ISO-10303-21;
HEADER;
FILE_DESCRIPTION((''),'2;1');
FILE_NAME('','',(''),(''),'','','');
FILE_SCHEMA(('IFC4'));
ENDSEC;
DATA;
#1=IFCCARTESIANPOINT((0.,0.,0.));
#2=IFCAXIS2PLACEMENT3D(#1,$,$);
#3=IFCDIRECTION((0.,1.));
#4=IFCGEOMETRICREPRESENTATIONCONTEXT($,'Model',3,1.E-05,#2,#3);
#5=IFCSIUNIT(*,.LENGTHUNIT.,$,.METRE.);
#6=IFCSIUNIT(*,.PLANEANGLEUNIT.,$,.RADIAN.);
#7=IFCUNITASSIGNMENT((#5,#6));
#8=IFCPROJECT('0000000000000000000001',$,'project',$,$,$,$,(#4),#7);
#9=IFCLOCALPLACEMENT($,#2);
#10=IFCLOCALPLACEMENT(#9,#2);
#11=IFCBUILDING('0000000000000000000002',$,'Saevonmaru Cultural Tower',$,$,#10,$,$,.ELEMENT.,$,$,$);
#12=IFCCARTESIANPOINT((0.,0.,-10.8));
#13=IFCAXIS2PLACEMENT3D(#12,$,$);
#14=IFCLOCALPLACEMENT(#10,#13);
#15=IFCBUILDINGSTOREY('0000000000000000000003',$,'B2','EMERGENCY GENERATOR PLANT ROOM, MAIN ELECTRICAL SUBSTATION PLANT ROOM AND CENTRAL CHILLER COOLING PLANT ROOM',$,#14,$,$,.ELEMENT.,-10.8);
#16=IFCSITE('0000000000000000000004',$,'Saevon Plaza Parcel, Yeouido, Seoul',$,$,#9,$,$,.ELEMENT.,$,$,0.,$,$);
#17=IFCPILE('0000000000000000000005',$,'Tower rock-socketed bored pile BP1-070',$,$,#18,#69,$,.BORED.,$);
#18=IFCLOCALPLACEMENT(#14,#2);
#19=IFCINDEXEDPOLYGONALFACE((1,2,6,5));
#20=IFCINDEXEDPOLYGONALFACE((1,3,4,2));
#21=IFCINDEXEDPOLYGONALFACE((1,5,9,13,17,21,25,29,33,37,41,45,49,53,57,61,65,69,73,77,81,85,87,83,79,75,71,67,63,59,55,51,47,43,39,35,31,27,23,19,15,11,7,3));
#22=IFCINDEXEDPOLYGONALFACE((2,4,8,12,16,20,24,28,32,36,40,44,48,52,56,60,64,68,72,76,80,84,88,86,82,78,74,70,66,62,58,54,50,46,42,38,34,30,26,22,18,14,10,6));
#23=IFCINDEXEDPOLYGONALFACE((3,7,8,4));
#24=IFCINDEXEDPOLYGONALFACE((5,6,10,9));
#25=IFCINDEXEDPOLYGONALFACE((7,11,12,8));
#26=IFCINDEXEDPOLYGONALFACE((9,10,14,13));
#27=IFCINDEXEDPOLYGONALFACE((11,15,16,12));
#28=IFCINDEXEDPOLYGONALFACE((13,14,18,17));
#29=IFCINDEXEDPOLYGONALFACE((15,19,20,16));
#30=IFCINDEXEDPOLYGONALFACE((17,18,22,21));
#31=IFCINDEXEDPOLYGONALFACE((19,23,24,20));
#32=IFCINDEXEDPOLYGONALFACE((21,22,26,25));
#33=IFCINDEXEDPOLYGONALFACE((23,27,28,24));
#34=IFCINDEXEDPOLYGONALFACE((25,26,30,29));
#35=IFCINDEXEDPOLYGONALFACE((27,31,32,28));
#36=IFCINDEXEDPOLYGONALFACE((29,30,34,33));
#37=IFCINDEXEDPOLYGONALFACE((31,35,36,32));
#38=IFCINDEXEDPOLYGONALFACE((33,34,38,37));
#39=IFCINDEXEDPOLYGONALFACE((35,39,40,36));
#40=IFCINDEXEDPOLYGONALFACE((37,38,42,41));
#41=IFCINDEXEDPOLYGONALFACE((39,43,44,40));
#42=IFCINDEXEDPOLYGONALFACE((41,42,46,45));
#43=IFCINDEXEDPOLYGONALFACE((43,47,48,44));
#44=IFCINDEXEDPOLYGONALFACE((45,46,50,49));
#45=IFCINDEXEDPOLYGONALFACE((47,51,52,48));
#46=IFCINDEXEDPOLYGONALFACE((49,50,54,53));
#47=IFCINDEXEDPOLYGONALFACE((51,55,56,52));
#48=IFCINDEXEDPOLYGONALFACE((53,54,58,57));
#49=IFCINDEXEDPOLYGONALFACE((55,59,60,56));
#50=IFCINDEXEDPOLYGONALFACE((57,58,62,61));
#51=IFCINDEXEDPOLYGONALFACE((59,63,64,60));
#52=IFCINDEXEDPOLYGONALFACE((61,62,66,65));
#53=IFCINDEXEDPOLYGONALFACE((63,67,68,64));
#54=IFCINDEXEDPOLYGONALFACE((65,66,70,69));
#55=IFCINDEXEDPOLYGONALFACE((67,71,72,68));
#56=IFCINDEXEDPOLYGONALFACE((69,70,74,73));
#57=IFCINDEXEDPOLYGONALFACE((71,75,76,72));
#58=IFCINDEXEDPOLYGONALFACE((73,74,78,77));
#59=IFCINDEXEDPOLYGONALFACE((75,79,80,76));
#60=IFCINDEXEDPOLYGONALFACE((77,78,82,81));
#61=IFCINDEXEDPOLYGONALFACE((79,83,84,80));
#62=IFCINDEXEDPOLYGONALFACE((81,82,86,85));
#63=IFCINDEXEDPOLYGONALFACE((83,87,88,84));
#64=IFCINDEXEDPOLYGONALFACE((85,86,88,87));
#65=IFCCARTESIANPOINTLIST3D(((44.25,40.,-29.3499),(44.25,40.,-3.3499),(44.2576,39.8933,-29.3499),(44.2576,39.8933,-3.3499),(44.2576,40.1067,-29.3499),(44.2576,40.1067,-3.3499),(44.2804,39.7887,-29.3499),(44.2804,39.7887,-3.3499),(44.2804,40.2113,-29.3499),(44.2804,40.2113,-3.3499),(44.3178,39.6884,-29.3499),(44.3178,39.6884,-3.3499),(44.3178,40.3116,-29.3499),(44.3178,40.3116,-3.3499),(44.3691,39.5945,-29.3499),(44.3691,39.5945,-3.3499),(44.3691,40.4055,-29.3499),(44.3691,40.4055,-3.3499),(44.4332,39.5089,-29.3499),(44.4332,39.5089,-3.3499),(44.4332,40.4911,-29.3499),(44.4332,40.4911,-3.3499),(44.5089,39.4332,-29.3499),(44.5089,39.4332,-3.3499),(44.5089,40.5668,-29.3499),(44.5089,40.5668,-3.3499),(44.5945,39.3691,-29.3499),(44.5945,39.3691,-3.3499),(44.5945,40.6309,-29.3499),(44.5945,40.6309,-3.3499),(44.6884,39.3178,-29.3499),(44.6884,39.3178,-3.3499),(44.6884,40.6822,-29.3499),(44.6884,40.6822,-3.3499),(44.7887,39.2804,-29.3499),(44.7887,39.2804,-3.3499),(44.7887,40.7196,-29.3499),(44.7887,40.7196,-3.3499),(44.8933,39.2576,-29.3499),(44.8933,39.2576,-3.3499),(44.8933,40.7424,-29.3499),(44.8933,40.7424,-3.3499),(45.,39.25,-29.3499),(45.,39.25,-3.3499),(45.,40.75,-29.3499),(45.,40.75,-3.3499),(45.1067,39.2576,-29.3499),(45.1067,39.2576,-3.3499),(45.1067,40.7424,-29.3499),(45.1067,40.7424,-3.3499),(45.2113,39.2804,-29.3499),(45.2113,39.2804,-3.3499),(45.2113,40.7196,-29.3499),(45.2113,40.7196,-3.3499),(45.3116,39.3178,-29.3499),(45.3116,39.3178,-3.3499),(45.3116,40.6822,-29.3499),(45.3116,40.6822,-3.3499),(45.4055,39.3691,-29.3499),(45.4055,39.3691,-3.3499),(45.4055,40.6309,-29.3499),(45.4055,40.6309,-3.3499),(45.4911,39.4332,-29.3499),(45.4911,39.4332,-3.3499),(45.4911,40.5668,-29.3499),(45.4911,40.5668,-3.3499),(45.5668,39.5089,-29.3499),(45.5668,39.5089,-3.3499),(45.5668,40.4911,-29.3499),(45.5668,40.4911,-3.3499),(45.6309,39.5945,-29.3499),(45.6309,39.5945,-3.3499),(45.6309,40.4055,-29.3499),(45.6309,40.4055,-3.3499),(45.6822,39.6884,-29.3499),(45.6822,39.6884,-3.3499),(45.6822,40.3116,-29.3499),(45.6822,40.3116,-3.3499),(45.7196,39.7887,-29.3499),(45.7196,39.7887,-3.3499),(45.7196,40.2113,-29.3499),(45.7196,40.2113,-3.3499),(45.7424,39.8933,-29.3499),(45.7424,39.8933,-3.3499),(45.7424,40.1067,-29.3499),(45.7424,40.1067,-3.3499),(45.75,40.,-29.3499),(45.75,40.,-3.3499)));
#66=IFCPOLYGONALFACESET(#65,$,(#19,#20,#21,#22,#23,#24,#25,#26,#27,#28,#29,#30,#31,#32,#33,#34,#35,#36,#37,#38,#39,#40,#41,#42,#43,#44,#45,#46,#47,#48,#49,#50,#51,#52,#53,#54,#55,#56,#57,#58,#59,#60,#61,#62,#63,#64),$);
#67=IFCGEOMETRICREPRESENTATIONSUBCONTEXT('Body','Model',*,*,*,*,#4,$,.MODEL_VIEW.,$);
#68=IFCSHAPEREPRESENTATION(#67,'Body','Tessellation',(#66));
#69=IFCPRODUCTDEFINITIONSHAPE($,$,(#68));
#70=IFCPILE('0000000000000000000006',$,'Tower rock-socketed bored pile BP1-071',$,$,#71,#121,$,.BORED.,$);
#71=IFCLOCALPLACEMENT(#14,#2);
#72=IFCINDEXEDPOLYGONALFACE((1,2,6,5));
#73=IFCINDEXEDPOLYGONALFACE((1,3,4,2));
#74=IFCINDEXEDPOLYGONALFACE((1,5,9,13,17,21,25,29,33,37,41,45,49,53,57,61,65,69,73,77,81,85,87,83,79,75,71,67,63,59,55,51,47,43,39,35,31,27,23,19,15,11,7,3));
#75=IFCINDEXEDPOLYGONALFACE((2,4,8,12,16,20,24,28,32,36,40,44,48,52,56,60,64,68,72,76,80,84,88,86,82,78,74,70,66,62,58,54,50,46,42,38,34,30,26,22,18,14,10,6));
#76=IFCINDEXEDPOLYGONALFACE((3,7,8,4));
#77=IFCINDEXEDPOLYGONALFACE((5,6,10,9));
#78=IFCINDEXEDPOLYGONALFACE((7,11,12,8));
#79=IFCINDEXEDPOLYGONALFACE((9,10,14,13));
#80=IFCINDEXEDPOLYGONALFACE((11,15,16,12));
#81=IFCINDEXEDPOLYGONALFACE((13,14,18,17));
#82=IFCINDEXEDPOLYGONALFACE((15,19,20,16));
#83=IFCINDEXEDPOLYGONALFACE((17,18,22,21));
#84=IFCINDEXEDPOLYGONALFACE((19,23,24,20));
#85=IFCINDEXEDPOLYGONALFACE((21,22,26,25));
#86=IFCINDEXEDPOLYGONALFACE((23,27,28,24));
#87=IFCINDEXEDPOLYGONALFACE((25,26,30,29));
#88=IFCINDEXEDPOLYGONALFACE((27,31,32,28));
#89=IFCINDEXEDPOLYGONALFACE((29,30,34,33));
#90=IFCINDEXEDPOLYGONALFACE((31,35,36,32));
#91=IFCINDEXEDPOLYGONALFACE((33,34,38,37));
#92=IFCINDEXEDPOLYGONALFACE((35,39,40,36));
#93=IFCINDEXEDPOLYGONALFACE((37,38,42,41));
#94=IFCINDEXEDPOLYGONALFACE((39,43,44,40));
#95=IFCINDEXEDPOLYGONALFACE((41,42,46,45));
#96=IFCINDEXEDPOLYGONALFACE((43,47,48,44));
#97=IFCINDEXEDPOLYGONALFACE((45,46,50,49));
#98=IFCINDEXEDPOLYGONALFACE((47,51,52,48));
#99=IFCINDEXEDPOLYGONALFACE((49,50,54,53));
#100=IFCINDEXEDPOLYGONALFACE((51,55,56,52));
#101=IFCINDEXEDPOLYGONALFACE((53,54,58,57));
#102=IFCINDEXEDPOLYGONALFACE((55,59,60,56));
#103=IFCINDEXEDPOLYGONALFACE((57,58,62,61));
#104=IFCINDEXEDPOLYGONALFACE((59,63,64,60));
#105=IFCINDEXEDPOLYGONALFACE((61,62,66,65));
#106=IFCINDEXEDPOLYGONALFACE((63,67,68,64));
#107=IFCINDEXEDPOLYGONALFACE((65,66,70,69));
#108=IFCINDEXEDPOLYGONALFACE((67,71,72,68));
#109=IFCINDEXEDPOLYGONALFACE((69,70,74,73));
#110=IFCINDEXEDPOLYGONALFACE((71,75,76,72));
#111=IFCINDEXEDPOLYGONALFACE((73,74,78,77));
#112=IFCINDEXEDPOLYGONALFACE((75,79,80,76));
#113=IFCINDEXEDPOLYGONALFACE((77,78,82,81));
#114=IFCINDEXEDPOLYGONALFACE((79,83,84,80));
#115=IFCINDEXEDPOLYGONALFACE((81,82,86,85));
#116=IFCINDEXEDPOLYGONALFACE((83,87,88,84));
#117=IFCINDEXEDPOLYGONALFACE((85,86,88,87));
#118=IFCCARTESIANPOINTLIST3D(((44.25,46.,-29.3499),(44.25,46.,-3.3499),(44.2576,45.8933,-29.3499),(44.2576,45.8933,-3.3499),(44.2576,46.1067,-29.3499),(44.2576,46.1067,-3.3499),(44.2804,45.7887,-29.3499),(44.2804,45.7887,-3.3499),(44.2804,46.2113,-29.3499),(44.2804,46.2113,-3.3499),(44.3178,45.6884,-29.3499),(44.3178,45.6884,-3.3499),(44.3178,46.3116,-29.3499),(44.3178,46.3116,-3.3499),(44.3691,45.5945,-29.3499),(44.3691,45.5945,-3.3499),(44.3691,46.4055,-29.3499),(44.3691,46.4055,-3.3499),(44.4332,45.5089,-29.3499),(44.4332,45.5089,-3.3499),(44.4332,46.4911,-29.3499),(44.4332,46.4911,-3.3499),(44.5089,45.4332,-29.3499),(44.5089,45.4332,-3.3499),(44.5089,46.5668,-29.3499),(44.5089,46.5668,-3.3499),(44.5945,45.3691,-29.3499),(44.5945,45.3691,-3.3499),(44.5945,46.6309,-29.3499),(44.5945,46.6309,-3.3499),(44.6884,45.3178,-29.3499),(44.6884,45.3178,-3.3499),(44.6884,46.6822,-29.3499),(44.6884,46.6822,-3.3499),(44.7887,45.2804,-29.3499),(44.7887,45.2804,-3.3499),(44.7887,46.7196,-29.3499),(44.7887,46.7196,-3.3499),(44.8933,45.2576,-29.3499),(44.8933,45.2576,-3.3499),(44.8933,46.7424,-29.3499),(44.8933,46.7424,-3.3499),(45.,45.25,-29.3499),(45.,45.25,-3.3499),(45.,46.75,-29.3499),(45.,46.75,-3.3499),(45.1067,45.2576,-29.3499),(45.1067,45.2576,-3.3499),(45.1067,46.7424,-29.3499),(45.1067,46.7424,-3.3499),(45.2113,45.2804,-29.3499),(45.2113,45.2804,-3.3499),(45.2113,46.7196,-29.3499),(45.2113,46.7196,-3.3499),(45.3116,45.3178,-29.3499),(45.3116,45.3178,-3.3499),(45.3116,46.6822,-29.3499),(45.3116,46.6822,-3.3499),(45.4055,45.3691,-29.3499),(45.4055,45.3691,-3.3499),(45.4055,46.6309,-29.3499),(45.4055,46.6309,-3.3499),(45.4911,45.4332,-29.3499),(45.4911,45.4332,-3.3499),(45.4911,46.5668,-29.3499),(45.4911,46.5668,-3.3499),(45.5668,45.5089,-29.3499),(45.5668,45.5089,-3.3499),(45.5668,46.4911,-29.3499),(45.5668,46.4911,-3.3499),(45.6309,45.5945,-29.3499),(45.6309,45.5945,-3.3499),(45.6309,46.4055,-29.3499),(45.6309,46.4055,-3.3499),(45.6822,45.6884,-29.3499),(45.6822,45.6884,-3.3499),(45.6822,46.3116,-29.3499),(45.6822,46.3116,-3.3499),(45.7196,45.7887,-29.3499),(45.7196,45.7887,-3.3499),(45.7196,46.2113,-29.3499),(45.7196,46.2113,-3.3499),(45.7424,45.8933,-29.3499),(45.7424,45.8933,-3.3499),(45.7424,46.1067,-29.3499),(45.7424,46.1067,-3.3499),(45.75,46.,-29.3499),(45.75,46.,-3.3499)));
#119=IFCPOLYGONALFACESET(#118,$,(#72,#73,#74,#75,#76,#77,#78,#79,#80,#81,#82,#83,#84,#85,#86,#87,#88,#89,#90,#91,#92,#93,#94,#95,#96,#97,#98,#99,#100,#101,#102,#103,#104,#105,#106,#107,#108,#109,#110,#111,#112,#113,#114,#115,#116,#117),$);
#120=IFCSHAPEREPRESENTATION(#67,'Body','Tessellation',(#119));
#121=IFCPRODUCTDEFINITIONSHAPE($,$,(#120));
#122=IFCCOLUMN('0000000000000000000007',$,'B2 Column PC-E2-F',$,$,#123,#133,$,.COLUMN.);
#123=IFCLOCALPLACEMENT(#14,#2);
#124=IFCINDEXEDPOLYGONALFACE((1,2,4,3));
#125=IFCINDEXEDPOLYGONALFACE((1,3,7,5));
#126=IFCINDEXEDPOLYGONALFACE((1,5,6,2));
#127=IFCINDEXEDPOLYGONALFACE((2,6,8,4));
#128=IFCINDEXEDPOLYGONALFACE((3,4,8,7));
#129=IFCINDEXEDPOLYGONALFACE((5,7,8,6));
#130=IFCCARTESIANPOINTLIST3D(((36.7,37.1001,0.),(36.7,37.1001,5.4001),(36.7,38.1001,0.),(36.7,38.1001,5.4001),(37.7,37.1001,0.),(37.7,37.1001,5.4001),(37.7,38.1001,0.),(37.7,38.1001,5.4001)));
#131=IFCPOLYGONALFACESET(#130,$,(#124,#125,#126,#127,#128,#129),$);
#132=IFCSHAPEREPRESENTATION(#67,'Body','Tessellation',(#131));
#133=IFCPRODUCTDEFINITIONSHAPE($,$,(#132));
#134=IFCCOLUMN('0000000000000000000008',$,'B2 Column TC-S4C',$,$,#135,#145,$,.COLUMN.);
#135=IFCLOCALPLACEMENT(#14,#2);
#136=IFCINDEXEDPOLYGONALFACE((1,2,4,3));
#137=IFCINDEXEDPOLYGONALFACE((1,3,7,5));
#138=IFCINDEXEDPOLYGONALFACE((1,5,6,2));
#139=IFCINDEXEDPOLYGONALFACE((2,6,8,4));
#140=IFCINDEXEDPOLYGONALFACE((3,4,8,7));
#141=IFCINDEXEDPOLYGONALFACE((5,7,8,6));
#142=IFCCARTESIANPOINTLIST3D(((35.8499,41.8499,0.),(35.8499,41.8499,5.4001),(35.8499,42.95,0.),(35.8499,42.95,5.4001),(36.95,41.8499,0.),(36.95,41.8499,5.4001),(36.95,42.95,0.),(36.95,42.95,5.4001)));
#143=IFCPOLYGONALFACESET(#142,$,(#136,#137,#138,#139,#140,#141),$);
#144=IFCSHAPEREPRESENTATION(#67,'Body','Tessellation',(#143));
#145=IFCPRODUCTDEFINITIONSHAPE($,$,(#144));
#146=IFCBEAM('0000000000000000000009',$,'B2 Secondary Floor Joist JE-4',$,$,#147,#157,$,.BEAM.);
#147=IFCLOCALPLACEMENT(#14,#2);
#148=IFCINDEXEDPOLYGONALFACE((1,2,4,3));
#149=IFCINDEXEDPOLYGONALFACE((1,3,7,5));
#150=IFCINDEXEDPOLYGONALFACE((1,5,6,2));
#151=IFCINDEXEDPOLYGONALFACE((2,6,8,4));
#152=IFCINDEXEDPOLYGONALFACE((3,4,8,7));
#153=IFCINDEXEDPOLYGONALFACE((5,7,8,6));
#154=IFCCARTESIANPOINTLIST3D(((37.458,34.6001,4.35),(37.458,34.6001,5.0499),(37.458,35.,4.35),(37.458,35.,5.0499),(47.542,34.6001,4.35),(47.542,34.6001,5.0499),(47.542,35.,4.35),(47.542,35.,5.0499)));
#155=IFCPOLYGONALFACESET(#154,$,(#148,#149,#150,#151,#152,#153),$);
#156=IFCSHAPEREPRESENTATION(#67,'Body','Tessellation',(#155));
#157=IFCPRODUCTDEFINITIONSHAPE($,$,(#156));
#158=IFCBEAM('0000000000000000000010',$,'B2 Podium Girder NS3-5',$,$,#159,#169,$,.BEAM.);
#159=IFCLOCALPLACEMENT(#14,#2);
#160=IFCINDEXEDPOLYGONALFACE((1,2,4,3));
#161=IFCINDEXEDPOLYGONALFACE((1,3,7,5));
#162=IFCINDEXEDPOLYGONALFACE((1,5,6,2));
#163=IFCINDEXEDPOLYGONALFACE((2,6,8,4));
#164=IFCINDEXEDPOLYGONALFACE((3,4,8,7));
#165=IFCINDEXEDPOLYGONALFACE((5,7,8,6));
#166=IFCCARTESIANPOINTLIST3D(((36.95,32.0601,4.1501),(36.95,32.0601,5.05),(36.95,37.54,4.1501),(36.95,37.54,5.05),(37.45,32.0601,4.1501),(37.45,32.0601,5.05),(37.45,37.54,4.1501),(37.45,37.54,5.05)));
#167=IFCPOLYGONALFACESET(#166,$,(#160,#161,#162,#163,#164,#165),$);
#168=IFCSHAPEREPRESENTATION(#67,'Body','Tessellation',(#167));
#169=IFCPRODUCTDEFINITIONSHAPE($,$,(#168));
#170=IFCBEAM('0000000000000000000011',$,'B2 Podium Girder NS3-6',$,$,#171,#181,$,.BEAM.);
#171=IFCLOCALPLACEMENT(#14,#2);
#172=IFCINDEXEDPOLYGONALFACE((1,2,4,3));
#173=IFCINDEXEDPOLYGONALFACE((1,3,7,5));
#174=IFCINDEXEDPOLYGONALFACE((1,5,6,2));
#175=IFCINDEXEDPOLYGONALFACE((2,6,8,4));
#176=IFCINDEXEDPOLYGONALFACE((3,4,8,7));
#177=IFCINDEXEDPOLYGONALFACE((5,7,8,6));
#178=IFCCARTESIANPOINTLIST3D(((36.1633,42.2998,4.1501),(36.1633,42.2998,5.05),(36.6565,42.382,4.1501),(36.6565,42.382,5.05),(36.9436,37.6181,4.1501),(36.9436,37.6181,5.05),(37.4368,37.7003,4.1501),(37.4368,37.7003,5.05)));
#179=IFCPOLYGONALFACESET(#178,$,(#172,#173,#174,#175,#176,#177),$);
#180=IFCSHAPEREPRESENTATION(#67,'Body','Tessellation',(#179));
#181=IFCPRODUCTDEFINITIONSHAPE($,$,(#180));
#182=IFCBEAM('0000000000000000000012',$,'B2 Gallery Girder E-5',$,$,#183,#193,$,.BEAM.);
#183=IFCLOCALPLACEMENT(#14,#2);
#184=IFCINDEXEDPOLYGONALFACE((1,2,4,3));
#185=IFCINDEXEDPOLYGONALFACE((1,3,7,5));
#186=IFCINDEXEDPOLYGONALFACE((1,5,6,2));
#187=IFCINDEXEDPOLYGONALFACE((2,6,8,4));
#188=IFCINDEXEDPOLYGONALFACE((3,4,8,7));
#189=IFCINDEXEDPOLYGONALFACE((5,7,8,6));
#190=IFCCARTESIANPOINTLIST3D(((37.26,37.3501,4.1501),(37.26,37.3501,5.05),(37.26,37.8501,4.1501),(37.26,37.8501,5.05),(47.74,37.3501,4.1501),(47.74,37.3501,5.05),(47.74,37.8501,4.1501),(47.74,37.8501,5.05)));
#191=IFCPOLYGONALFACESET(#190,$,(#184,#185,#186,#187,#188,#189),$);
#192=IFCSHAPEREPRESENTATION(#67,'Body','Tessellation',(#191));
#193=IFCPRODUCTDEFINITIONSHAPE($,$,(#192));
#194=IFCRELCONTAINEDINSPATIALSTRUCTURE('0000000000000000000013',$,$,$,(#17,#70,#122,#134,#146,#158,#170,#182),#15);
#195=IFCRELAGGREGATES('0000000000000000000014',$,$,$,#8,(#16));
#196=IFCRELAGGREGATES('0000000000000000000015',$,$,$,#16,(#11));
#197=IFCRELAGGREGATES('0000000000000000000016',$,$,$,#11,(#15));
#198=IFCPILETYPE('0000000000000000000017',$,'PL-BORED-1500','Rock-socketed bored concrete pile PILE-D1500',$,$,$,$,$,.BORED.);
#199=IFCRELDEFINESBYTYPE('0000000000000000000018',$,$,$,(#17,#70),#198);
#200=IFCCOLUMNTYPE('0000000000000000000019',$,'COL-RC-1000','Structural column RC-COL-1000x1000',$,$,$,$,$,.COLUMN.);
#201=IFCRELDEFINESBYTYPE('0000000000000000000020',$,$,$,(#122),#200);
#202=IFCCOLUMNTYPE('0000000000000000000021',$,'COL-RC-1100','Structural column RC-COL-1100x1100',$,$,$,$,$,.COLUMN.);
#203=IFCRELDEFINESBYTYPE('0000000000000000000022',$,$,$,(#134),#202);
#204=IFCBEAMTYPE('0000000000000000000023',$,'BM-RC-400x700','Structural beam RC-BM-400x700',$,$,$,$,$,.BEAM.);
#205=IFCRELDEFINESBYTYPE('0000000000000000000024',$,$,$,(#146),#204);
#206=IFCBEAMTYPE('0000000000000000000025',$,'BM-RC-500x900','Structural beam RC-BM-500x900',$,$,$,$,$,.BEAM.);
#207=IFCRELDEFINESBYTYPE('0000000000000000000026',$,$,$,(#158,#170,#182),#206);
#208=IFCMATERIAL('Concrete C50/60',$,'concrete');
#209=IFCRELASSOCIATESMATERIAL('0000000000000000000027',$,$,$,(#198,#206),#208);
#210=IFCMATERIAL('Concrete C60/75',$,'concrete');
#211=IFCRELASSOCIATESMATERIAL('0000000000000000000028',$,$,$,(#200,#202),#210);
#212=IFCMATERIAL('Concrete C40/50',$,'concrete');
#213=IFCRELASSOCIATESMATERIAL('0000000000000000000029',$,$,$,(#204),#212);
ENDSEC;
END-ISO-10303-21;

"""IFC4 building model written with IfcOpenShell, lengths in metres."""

from ifc_helpers import new_model, si_unit, direction, frame, origin, origin_2d, place, context, subcontext, project, spatial, rectangle, circle, extrude, material, material_profile, profile_set, type_object, element, save


model = new_model("IFC4")

# Units and contexts
model_context = context("Model", 3, precision=1e-05, world=origin(), true_north=direction((0.0, 1.0)))
body_context = subcontext(model_context, "Body", "Model", "MODEL_VIEW")
ifc_project = project(units=[si_unit("LENGTHUNIT", "METRE"), si_unit("PLANEANGLEUNIT", "RADIAN")], contexts=[model_context])

# Site, building, storey
site_placement = place(None, origin())
site = spatial("IfcSite", under=ifc_project, at=site_placement, Name="Saevon Plaza Parcel, Yeouido, Seoul", CompositionType="ELEMENT", RefElevation=0.0)
building_placement = place(site_placement, origin())
building = spatial("IfcBuilding", under=site, at=building_placement, Name="Saevonmaru Cultural Tower", CompositionType="ELEMENT")
storey_placement = place(building_placement, frame((0.0, 0.0, -10.8)))
storey = spatial("IfcBuildingStorey", under=building, at=storey_placement, Name="B2", Description="EMERGENCY GENERATOR PLANT ROOM, MAIN ELECTRICAL SUBSTATION PLANT ROOM AND CENTRAL CHILLER COOLING PLANT ROOM", CompositionType="ELEMENT", Elevation=-10.8)

# Piles
ifc_material_1 = material(Name="Concrete C50/60", Category="concrete")
ifc_material_profile_1 = material_profile(ifc_material_1, circle(Radius=0.75, at=origin_2d()), Name="PILE-D1500")
ifc_profile_set_1 = profile_set([ifc_material_profile_1], Name="Concrete C50/60")
pile_type = type_object("IfcPileType", Name="PL-BORED-1500", Description="Rock-socketed bored concrete pile PILE-D1500", PredefinedType="BORED", material=ifc_profile_set_1)
for number, where, z_axis, x_axis, name in (
    (1, (45.0, 40.0, -3.3499), (0.0, 0.0, -1.0), (1.0, 0.0, 0.0), "Tower rock-socketed bored pile BP1-070"),
    (2, (45.0, 46.0, -3.3499), (0.0, 0.0, -1.0), (1.0, 0.0, 0.0), "Tower rock-socketed bored pile BP1-071"),
):
    element("IfcPile", number, at=place(storey_placement, frame(where, z_axis=z_axis, x_axis=x_axis)), inside=storey, type_object=pile_type, Name=name, PredefinedType="BORED", context=body_context, shape_type="SweptSolid", body=[
        extrude(circle(Radius=0.75, at=origin_2d()), origin(), (0.0, 0.0, 1.0), 26.0),
    ])

# Columns
ifc_material_2 = material(Name="Concrete C60/75", Category="concrete")
ifc_material_profile_2 = material_profile(ifc_material_2, rectangle(XDim=1.0, YDim=1.0, at=origin_2d()), Name="RC-COL-1000x1000")
ifc_profile_set_2 = profile_set([ifc_material_profile_2], Name="Concrete C60/75")
column_type_1 = type_object("IfcColumnType", Name="COL-RC-1000", Description="Structural column RC-COL-1000x1000", PredefinedType="COLUMN", material=ifc_profile_set_2)
column_1_placement = place(storey_placement, frame((37.2, 37.6001, 0.0), z_axis=(0.0, 0.0, 1.0), x_axis=(1.0, 0.0, 0.0)))
element("IfcColumn", 3, at=column_1_placement, inside=storey, type_object=column_type_1, Name="B2 Column PC-E2-F", PredefinedType="COLUMN", context=body_context, shape_type="SweptSolid", body=[
    extrude(rectangle(XDim=1.0, YDim=1.0, at=origin_2d()), origin(), (0.0, 0.0, 1.0), 5.4001),
])
ifc_material_profile_3 = material_profile(ifc_material_2, rectangle(XDim=1.1001, YDim=1.1001, at=origin_2d()), Name="RC-COL-1100x1100")
ifc_profile_set_3 = profile_set([ifc_material_profile_3], Name="Concrete C60/75")
column_type_2 = type_object("IfcColumnType", Name="COL-RC-1100", Description="Structural column RC-COL-1100x1100", PredefinedType="COLUMN", material=ifc_profile_set_3)
column_2_placement = place(storey_placement, frame((36.3999, 42.3999, 0.0), z_axis=(0.0, 0.0, 1.0), x_axis=(1.0, 0.0, 0.0)))
element("IfcColumn", 4, at=column_2_placement, inside=storey, type_object=column_type_2, Name="B2 Column TC-S4C", PredefinedType="COLUMN", context=body_context, shape_type="SweptSolid", body=[
    extrude(rectangle(XDim=1.1001, YDim=1.1001, at=origin_2d()), origin(), (0.0, 0.0, 1.0), 5.4001),
])

# Beams
ifc_material_3 = material(Name="Concrete C40/50", Category="concrete")
ifc_material_profile_4 = material_profile(ifc_material_3, rectangle(XDim=0.3999, YDim=0.7, at=origin_2d()), Name="RC-BM-400x700")
ifc_profile_set_4 = profile_set([ifc_material_profile_4], Name="Concrete C40/50")
beam_type_1 = type_object("IfcBeamType", Name="BM-RC-400x700", Description="Structural beam RC-BM-400x700", PredefinedType="BEAM", material=ifc_profile_set_4)
beam_1_placement = place(storey_placement, frame((37.458, 34.8, 4.7), z_axis=(1.0, 0.0, 0.0), x_axis=(0.0, 1.0, 0.0)))
element("IfcBeam", 5, at=beam_1_placement, inside=storey, type_object=beam_type_1, Name="B2 Secondary Floor Joist JE-4", PredefinedType="BEAM", context=body_context, shape_type="SweptSolid", body=[
    extrude(rectangle(XDim=0.3999, YDim=0.7, at=origin_2d()), origin(), (0.0, 0.0, 1.0), 10.084),
])
ifc_material_profile_5 = material_profile(ifc_material_1, rectangle(XDim=0.5, YDim=0.8999, at=origin_2d()), Name="RC-BM-500x900")
ifc_profile_set_5 = profile_set([ifc_material_profile_5], Name="Concrete C50/60")
beam_type_2 = type_object("IfcBeamType", Name="BM-RC-500x900", Description="Structural beam RC-BM-500x900", PredefinedType="BEAM", material=ifc_profile_set_5)
beam_2_placement = place(storey_placement, frame((37.2, 32.0601, 4.6001), z_axis=(0.0, 1.0, 0.0), x_axis=(-1.0, 0.0, 0.0)))
element("IfcBeam", 6, at=beam_2_placement, inside=storey, type_object=beam_type_2, Name="B2 Podium Girder NS3-5", PredefinedType="BEAM", context=body_context, shape_type="SweptSolid", body=[
    extrude(rectangle(XDim=0.5, YDim=0.8999, at=origin_2d()), origin(), (0.0, 0.0, 1.0), 5.48),
])
beam_3_placement = place(storey_placement, frame((37.1902, 37.6592, 4.6001), z_axis=(-0.164399, 0.986394, 0.0), x_axis=(-0.986394, -0.164399, 0.0)))
element("IfcBeam", 7, at=beam_3_placement, inside=storey, type_object=beam_type_2, Name="B2 Podium Girder NS3-6", PredefinedType="BEAM", context=body_context, shape_type="SweptSolid", body=[
    extrude(rectangle(XDim=0.5, YDim=0.8999, at=origin_2d()), origin(), (0.0, 0.0, 1.0), 4.7463),
])
beam_4_placement = place(storey_placement, frame((37.26, 37.6001, 4.6001), z_axis=(1.0, 0.0, 0.0), x_axis=(0.0, 1.0, 0.0)))
element("IfcBeam", 8, at=beam_4_placement, inside=storey, type_object=beam_type_2, Name="B2 Gallery Girder E-5", PredefinedType="BEAM", context=body_context, shape_type="SweptSolid", body=[
    extrude(rectangle(XDim=0.5, YDim=0.8999, at=origin_2d()), origin(), (0.0, 0.0, 1.0), 10.48),
])

save(model, "model.ifc")
